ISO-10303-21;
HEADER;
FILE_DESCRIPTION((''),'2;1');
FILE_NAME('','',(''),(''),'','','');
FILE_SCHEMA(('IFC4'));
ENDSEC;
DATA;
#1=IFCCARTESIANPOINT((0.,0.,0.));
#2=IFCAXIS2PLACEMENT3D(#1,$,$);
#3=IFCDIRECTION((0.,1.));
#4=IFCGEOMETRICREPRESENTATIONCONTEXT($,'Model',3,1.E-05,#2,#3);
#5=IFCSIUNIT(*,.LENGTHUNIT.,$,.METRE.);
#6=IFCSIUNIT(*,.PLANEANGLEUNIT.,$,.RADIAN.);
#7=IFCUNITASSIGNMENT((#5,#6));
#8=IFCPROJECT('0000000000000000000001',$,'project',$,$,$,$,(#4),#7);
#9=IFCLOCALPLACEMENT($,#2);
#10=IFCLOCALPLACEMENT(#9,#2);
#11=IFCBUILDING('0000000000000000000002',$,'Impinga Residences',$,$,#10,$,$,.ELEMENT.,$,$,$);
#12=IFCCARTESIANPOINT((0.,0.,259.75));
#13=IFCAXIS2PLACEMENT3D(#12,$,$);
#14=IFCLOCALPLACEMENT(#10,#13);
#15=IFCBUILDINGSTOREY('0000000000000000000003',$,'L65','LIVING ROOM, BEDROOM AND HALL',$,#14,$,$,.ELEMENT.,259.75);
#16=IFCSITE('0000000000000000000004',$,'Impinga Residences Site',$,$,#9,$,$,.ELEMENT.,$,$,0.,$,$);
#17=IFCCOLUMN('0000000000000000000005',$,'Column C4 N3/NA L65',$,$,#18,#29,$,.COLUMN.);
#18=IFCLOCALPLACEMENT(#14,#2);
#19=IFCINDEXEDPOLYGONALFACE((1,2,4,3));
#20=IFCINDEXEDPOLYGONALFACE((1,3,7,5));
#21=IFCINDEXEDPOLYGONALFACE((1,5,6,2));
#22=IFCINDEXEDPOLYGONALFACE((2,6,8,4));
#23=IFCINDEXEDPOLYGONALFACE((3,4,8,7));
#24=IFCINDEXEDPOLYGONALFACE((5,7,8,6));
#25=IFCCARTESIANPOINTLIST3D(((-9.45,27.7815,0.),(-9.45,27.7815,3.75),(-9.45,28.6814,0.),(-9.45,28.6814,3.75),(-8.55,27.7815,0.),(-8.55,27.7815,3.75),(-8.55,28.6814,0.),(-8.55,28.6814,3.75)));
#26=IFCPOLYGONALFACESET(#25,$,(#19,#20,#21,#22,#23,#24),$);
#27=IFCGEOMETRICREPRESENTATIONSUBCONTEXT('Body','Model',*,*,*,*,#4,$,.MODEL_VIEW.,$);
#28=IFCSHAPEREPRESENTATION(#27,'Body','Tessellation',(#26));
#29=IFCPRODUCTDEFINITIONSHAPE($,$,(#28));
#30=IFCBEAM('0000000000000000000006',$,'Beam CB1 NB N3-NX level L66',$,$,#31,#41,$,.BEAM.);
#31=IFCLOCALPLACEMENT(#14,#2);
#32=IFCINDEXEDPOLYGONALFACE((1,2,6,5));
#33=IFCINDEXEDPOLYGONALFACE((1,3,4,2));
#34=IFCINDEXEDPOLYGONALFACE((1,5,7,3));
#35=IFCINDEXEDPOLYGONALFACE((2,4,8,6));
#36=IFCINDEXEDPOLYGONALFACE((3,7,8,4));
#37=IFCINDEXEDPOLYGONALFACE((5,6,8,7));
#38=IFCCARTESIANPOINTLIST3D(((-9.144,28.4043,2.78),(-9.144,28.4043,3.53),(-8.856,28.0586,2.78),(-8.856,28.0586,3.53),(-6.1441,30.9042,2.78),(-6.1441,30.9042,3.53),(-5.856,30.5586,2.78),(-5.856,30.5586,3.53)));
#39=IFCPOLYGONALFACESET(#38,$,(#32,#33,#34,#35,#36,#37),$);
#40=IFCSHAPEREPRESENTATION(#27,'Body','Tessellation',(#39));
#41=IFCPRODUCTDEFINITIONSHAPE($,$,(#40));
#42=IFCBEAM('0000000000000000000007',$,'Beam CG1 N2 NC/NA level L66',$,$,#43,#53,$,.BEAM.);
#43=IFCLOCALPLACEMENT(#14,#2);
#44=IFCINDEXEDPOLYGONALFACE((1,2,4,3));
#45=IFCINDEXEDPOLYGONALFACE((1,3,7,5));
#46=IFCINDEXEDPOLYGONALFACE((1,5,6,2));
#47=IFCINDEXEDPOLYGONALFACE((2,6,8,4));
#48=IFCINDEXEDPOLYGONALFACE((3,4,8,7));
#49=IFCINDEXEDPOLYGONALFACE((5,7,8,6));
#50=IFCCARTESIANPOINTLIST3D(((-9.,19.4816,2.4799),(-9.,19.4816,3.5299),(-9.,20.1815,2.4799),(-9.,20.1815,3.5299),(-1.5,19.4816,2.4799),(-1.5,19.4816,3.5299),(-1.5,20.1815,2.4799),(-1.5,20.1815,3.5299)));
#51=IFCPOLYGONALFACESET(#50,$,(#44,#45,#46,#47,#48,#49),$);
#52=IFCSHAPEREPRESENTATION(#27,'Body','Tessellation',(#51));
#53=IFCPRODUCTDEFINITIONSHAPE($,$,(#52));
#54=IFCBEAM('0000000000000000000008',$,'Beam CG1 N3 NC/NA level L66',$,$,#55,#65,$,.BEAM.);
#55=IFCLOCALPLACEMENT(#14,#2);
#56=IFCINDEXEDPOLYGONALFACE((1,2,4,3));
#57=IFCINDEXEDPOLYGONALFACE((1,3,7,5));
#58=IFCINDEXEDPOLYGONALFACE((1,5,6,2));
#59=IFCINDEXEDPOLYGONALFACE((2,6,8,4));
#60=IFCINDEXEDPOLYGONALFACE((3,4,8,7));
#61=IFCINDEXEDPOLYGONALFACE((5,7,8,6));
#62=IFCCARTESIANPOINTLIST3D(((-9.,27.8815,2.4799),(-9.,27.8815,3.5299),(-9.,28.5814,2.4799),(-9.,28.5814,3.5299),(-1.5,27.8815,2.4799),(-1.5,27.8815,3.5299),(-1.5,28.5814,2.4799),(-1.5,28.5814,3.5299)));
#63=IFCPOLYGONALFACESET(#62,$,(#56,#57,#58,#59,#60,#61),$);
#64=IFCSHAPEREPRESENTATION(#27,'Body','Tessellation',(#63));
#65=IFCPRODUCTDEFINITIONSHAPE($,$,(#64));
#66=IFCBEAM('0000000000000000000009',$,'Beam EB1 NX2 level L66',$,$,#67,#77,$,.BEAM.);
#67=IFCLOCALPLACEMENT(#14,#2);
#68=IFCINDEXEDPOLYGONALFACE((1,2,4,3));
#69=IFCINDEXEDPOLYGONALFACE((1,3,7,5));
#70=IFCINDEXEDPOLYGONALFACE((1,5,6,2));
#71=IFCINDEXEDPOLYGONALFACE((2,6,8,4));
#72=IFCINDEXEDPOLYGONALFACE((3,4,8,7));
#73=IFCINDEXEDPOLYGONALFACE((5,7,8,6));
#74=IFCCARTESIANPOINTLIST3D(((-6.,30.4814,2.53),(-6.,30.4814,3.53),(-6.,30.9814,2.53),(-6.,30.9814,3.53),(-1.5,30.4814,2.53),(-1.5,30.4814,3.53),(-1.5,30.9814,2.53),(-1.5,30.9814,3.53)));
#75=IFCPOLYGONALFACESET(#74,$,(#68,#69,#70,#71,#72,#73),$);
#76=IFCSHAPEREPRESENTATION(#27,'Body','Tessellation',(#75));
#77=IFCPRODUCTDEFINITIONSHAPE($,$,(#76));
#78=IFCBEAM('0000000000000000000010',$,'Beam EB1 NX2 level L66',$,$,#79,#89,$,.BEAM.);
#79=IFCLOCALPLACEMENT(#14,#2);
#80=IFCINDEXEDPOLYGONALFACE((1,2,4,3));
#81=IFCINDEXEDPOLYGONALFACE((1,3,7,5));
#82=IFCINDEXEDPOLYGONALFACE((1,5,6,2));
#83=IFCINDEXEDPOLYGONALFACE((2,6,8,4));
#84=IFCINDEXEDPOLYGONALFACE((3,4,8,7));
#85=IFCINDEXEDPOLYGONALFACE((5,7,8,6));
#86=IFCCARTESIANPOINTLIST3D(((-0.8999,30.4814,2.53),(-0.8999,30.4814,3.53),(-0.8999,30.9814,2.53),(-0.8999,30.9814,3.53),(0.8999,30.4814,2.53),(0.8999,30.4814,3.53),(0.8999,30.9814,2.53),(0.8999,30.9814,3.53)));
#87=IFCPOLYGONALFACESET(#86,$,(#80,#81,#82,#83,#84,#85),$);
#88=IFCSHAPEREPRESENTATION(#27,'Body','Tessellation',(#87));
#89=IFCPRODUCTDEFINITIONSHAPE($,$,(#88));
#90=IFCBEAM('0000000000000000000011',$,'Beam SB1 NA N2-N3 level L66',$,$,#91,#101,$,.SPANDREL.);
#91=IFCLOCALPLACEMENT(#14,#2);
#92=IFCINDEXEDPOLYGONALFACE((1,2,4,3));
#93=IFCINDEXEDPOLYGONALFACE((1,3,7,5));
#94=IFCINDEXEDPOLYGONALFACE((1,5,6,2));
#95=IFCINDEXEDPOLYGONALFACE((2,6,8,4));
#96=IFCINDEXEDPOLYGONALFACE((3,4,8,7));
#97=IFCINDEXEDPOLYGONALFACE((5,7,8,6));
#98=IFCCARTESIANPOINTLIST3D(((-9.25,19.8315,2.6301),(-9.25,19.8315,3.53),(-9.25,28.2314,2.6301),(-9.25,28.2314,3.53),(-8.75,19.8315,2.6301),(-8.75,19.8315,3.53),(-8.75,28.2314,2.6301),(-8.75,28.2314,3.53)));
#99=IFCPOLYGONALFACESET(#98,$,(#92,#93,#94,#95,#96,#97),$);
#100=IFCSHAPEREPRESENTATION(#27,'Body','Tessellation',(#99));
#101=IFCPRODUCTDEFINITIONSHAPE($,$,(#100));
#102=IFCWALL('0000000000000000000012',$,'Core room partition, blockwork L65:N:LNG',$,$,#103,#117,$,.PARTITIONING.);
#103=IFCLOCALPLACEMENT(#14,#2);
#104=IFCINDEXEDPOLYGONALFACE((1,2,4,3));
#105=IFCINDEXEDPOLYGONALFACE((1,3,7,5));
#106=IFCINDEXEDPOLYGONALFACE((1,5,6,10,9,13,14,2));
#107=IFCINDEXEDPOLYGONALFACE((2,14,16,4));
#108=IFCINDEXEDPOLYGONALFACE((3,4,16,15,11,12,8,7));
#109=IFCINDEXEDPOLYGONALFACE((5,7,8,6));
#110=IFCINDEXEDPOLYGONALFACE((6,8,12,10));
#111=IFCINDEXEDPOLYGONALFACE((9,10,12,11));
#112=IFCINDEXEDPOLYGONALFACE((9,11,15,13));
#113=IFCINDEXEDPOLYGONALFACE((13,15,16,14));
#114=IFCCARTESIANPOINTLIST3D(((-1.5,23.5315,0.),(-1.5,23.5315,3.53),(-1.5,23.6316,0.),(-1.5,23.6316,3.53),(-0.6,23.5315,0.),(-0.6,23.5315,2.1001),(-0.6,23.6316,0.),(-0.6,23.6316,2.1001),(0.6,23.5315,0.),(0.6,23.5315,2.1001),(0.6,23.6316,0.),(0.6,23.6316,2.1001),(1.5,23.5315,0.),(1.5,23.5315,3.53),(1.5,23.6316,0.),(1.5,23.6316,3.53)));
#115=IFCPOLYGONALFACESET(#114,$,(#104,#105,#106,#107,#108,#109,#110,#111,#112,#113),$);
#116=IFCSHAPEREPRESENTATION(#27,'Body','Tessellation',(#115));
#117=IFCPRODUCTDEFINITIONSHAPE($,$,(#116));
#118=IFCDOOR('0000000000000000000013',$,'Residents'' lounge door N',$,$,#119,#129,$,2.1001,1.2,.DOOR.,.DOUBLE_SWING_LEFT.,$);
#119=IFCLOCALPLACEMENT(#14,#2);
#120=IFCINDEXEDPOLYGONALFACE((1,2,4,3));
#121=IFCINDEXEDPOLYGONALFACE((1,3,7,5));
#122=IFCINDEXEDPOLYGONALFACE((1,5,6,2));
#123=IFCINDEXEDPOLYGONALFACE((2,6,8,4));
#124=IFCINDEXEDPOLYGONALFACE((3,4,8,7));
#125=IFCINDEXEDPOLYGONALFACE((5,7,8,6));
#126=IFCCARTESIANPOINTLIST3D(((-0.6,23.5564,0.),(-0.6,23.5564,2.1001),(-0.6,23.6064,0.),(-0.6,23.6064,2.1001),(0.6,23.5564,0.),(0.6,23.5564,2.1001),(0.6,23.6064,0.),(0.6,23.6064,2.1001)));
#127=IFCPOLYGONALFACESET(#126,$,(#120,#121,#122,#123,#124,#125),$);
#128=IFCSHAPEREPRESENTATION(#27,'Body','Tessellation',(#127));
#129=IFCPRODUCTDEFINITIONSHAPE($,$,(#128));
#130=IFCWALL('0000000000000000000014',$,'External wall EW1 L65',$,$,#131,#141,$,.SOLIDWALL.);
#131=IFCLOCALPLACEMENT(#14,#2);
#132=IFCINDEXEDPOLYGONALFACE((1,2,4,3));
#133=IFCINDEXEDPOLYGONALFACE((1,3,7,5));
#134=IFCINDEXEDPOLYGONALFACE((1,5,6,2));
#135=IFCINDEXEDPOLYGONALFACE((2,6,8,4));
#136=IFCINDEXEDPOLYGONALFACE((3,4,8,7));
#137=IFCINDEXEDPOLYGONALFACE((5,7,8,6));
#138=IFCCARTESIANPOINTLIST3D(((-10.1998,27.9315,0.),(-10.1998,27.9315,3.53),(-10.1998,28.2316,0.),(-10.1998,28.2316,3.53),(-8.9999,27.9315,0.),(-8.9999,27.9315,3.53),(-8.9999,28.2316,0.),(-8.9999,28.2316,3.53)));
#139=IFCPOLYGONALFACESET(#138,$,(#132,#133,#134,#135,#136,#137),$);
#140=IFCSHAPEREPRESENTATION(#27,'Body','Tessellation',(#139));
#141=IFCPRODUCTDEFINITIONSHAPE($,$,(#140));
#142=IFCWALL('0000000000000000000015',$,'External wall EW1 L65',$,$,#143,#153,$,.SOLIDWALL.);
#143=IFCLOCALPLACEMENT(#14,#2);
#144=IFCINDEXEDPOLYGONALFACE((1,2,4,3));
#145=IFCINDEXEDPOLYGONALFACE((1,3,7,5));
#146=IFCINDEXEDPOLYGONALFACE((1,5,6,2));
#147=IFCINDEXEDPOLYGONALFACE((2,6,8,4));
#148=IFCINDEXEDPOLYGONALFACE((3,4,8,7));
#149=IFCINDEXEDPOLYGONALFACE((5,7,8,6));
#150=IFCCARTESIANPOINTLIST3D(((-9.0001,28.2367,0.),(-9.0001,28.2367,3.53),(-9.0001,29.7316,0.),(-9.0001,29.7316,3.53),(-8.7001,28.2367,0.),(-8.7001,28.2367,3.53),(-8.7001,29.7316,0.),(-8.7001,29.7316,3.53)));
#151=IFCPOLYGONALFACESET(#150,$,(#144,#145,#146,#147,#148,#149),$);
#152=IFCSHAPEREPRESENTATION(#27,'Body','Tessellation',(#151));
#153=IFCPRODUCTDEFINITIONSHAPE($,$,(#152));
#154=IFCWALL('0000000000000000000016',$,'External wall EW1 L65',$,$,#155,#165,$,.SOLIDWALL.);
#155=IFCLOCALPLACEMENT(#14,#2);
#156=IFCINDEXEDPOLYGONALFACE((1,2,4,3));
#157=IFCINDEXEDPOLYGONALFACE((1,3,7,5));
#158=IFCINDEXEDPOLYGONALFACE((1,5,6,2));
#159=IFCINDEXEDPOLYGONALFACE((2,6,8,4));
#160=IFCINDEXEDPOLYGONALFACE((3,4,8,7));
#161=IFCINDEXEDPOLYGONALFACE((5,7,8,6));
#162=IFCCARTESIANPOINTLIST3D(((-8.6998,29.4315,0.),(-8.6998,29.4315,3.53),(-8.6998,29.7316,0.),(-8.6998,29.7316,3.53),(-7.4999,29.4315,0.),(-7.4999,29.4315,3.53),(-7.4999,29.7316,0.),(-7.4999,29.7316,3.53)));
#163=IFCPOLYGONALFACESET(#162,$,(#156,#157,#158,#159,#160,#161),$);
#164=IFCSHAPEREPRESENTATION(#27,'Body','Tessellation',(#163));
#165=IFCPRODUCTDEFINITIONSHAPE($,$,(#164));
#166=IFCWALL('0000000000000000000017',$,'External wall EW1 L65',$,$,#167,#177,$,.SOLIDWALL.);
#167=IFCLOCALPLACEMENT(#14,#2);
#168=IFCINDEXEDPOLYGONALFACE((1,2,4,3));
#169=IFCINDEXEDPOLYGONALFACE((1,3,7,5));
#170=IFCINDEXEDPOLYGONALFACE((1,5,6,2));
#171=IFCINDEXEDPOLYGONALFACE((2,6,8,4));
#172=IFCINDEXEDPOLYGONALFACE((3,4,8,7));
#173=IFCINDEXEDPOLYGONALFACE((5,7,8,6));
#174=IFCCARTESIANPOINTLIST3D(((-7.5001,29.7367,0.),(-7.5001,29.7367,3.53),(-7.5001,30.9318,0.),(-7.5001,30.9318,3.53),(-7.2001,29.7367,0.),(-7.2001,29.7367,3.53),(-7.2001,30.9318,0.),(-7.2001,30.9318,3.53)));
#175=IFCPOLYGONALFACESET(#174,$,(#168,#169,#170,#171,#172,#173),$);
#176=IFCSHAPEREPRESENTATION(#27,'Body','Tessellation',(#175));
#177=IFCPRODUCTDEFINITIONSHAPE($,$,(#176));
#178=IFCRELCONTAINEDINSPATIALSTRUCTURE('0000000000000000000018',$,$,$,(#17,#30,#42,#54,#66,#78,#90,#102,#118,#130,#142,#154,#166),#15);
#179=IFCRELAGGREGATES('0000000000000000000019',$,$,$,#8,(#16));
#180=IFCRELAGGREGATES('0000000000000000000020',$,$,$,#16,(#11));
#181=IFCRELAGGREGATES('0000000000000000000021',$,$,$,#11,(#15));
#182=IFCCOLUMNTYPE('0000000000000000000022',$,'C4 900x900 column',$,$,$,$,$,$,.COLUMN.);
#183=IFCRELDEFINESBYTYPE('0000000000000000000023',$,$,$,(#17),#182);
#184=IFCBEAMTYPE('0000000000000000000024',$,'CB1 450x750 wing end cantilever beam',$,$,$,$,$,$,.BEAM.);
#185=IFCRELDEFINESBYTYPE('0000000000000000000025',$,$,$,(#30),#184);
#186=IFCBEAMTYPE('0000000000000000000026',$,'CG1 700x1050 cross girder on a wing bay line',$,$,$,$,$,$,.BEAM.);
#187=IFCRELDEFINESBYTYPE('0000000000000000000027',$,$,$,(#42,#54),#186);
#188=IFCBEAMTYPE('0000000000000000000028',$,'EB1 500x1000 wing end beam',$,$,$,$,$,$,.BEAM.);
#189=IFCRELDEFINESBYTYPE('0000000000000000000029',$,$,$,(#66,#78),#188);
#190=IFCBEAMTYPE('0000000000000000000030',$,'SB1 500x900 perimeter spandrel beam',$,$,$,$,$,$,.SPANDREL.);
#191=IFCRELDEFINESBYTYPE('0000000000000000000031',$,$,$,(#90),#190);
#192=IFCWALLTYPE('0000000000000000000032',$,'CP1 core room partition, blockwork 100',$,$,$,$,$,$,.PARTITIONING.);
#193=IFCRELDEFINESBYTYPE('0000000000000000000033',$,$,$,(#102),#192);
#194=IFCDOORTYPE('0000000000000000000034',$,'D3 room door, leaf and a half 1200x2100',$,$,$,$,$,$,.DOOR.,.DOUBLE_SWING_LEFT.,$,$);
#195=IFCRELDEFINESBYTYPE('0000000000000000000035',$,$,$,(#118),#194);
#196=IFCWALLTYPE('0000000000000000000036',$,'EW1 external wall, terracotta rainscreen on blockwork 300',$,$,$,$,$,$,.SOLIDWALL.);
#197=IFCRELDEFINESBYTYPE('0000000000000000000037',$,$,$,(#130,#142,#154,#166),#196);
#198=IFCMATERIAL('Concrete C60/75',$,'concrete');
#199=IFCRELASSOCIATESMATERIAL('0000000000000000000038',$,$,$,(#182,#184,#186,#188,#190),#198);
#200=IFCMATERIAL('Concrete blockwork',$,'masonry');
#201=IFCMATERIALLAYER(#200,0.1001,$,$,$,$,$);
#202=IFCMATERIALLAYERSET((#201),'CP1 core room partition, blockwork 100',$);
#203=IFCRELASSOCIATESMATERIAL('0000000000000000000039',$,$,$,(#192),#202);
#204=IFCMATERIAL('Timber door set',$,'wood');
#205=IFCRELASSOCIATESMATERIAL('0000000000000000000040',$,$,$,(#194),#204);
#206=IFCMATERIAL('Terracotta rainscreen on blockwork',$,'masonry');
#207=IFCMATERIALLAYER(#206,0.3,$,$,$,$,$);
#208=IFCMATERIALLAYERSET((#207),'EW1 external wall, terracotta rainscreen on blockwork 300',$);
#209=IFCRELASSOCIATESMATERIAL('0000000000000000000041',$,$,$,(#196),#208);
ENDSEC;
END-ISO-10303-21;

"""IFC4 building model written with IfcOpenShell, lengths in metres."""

from ifc_helpers import new_model, si_unit, direction, frame, frame_2d, origin, origin_2d, place, context, subcontext, project, spatial, rectangle, extrude, material, layer, layer_set, material_profile, profile_set, type_object, element, fill, save


model = new_model("IFC4")

# Units and contexts
model_context = context("Model", 3, precision=1e-05, world=origin(), true_north=direction((0.0, 1.0)))
body_context = subcontext(model_context, "Body", "Model", "MODEL_VIEW")
ifc_project = project(units=[si_unit("LENGTHUNIT", "METRE"), si_unit("PLANEANGLEUNIT", "RADIAN")], contexts=[model_context])

# Site, building, storey
site_placement = place(None, origin())
site = spatial("IfcSite", under=ifc_project, at=site_placement, Name="Impinga Residences Site", CompositionType="ELEMENT", RefElevation=0.0)
building_placement = place(site_placement, origin())
building = spatial("IfcBuilding", under=site, at=building_placement, Name="Impinga Residences", CompositionType="ELEMENT")
storey_placement = place(building_placement, frame((0.0, 0.0, 259.75)))
storey = spatial("IfcBuildingStorey", under=building, at=storey_placement, Name="L65", Description="LIVING ROOM, BEDROOM AND HALL", CompositionType="ELEMENT", Elevation=259.75)

# Column
ifc_material_1 = material(Name="Concrete C60/75", Category="concrete")
ifc_material_profile_1 = material_profile(ifc_material_1, rectangle(XDim=0.8999, YDim=0.8999, at=origin_2d()), Name="RC 900x900")
ifc_profile_set_1 = profile_set([ifc_material_profile_1], Name="Concrete C60/75")
column_type = type_object("IfcColumnType", Name="C4 900x900 column", PredefinedType="COLUMN", material=ifc_profile_set_1)
column_placement = place(storey_placement, frame((-9.0, 28.2314, 0.0), z_axis=(0.0, 0.0, 1.0), x_axis=(1.0, 0.0, 0.0)))
element("IfcColumn", 1, at=column_placement, inside=storey, type_object=column_type, Name="Column C4 N3/NA L65", PredefinedType="COLUMN", context=body_context, shape_type="SweptSolid", body=[
    extrude(rectangle(XDim=0.8999, YDim=0.8999, at=origin_2d()), origin(), (0.0, 0.0, 1.0), 3.75),
])

# Beams
ifc_material_profile_2 = material_profile(ifc_material_1, rectangle(XDim=0.45, YDim=0.75, at=origin_2d()), Name="RC 450x750")
ifc_profile_set_2 = profile_set([ifc_material_profile_2], Name="Concrete C60/75")
beam_type_1 = type_object("IfcBeamType", Name="CB1 450x750 wing end cantilever beam", PredefinedType="BEAM", material=ifc_profile_set_2)
beam_1_placement = place(storey_placement, frame((-9.0, 28.2314, 3.155), z_axis=(0.768221, 0.640184, 0.0), x_axis=(-0.640184, 0.768221, 0.0)))
element("IfcBeam", 2, at=beam_1_placement, inside=storey, type_object=beam_type_1, Name="Beam CB1 NB N3-NX level L66", PredefinedType="BEAM", context=body_context, shape_type="SweptSolid", body=[
    extrude(rectangle(XDim=0.45, YDim=0.75, at=origin_2d()), origin(), (0.0, 0.0, 1.0), 3.905),
])
ifc_material_profile_3 = material_profile(ifc_material_1, rectangle(XDim=0.7, YDim=1.05, at=origin_2d()), Name="RC 700x1050")
ifc_profile_set_3 = profile_set([ifc_material_profile_3], Name="Concrete C60/75")
beam_type_2 = type_object("IfcBeamType", Name="CG1 700x1050 cross girder on a wing bay line", PredefinedType="BEAM", material=ifc_profile_set_3)
for number, where, z_axis, x_axis, name in (
    (3, (-1.5, 19.8315, 3.0049), (-1.0, 0.0, 0.0), (0.0, -1.0, 0.0), "Beam CG1 N2 NC/NA level L66"),
    (4, (-1.5, 28.2314, 3.0049), (-1.0, 0.0, 0.0), (0.0, -1.0, 0.0), "Beam CG1 N3 NC/NA level L66"),
):
    element("IfcBeam", number, at=place(storey_placement, frame(where, z_axis=z_axis, x_axis=x_axis)), inside=storey, type_object=beam_type_2, Name=name, PredefinedType="BEAM", context=body_context, shape_type="SweptSolid", body=[
        extrude(rectangle(XDim=0.7, YDim=1.05, at=origin_2d()), origin(), (0.0, 0.0, 1.0), 7.5),
    ])
ifc_material_profile_4 = material_profile(ifc_material_1, rectangle(XDim=0.5, YDim=1.0, at=origin_2d()), Name="RC 500x1000")
ifc_profile_set_4 = profile_set([ifc_material_profile_4], Name="Concrete C60/75")
beam_type_3 = type_object("IfcBeamType", Name="EB1 500x1000 wing end beam", PredefinedType="BEAM", material=ifc_profile_set_4)
beam_2_placement = place(storey_placement, frame((-6.0, 30.7314, 3.03), z_axis=(1.0, 0.0, 0.0), x_axis=(0.0, 1.0, 0.0)))
element("IfcBeam", 5, at=beam_2_placement, inside=storey, type_object=beam_type_3, Name="Beam EB1 NX2 level L66", PredefinedType="BEAM", context=body_context, shape_type="SweptSolid", body=[
    extrude(rectangle(XDim=0.5, YDim=1.0, at=origin_2d()), origin(), (0.0, 0.0, 1.0), 4.5),
])
beam_3_placement = place(storey_placement, frame((-0.8999, 30.7314, 3.03), z_axis=(1.0, 0.0, 0.0), x_axis=(0.0, 1.0, 0.0)))
element("IfcBeam", 6, at=beam_3_placement, inside=storey, type_object=beam_type_3, Name="Beam EB1 NX2 level L66", PredefinedType="BEAM", context=body_context, shape_type="SweptSolid", body=[
    extrude(rectangle(XDim=0.5, YDim=1.0, at=origin_2d()), origin(), (0.0, 0.0, 1.0), 1.7998),
])
ifc_material_profile_5 = material_profile(ifc_material_1, rectangle(XDim=0.5, YDim=0.8999, at=origin_2d()), Name="RC 500x900")
ifc_profile_set_5 = profile_set([ifc_material_profile_5], Name="Concrete C60/75")
beam_type_4 = type_object("IfcBeamType", Name="SB1 500x900 perimeter spandrel beam", PredefinedType="SPANDREL", material=ifc_profile_set_5)
beam_4_placement = place(storey_placement, frame((-9.0, 19.8315, 3.0801), z_axis=(0.0, 1.0, 0.0), x_axis=(-1.0, 0.0, 0.0)))
element("IfcBeam", 7, at=beam_4_placement, inside=storey, type_object=beam_type_4, Name="Beam SB1 NA N2-N3 level L66", PredefinedType="SPANDREL", context=body_context, shape_type="SweptSolid", body=[
    extrude(rectangle(XDim=0.5, YDim=0.8999, at=origin_2d()), origin(), (0.0, 0.0, 1.0), 8.3999),
])

# Wall, opening, door
ifc_material_2 = material(Name="Concrete blockwork", Category="masonry")
ifc_layer_1 = layer(ifc_material_2, 0.1001)
ifc_layer_set_1 = layer_set([ifc_layer_1], Name="CP1 core room partition, blockwork 100")
wall_type_1 = type_object("IfcWallType", Name="CP1 core room partition, blockwork 100", PredefinedType="PARTITIONING", material=ifc_layer_set_1)
wall_1_placement = place(storey_placement, frame((-1.5, 23.5815, 0.0), z_axis=(0.0, 0.0, 1.0), x_axis=(1.0, 0.0, 0.0)))
wall_1 = element("IfcWall", 8, at=wall_1_placement, inside=storey, type_object=wall_type_1, Name="Core room partition, blockwork L65:N:LNG", PredefinedType="PARTITIONING", context=body_context, shape_type="SweptSolid", body=[
    extrude(rectangle(XDim=3.0, YDim=0.1001, at=frame_2d((1.5, 0.0))), origin(), (0.0, 0.0, 1.0), 3.53),
])
opening_1_placement = place(wall_1_placement, frame((0.8999, 0.0, 0.0)))
opening_1 = element("IfcOpeningElement", 9, at=opening_1_placement, cuts=wall_1, PredefinedType="OPENING", context=body_context, shape_type="SweptSolid", body=[
    extrude(rectangle(XDim=1.2, YDim=2.1001, at=frame_2d((0.6001, 1.05))), frame((0.0, 0.0601, 0.0), z_axis=(0.0, -1.0, 0.0), x_axis=(1.0, 0.0, 0.0)), (0.0, 0.0, 1.0), 0.1201),
])
ifc_material_3 = material(Name="Timber door set", Category="wood")
door_type_1 = type_object("IfcDoorType", Name="D3 room door, leaf and a half 1200x2100", OperationType="DOUBLE_SWING_LEFT", PredefinedType="DOOR", material=ifc_material_3)
door_1_placement = place(opening_1_placement, origin())
door_1 = element("IfcDoor", 10, at=door_1_placement, inside=storey, type_object=door_type_1, Name="Residents' lounge door N", OperationType="DOUBLE_SWING_LEFT", OverallHeight=2.1001, OverallWidth=1.2, PredefinedType="DOOR", context=body_context, shape_type="SweptSolid", body=[
    extrude(rectangle(XDim=1.2, YDim=2.1001, at=frame_2d((0.6001, 1.05))), frame((0.0, 0.0249, 0.0), z_axis=(0.0, -1.0, 0.0), x_axis=(1.0, 0.0, 0.0)), (0.0, 0.0, 1.0), 0.05),
])
fill(opening_1, door_1)

# Walls
ifc_material_4 = material(Name="Terracotta rainscreen on blockwork", Category="masonry")
ifc_layer_2 = layer(ifc_material_4, 0.3)
ifc_layer_set_2 = layer_set([ifc_layer_2], Name="EW1 external wall, terracotta rainscreen on blockwork 300")
wall_type_2 = type_object("IfcWallType", Name="EW1 external wall, terracotta rainscreen on blockwork 300", PredefinedType="SOLIDWALL", material=ifc_layer_set_2)
wall_2_placement = place(storey_placement, frame((-10.2, 28.0815, 0.0), z_axis=(0.0, 0.0, 1.0), x_axis=(1.0, 0.0, 0.0)))
element("IfcWall", 11, at=wall_2_placement, inside=storey, type_object=wall_type_2, Name="External wall EW1 L65", PredefinedType="SOLIDWALL", context=body_context, shape_type="SweptSolid", body=[
    extrude(rectangle(XDim=1.2, YDim=0.3, at=frame_2d((0.6001, 0.0))), origin(), (0.0, 0.0, 1.0), 3.53),
])
wall_3_placement = place(storey_placement, frame((-8.8501, 28.2366, 0.0), z_axis=(0.0, 0.0, 1.0), x_axis=(0.0, 1.0, 0.0)))
element("IfcWall", 12, at=wall_3_placement, inside=storey, type_object=wall_type_2, Name="External wall EW1 L65", PredefinedType="SOLIDWALL", context=body_context, shape_type="SweptSolid", body=[
    extrude(rectangle(XDim=1.4949, YDim=0.3, at=frame_2d((0.7476, 0.0))), origin(), (0.0, 0.0, 1.0), 3.53),
])
wall_4_placement = place(storey_placement, frame((-8.7, 29.5815, 0.0), z_axis=(0.0, 0.0, 1.0), x_axis=(1.0, 0.0, 0.0)))
element("IfcWall", 13, at=wall_4_placement, inside=storey, type_object=wall_type_2, Name="External wall EW1 L65", PredefinedType="SOLIDWALL", context=body_context, shape_type="SweptSolid", body=[
    extrude(rectangle(XDim=1.2, YDim=0.3, at=frame_2d((0.6001, 0.0))), origin(), (0.0, 0.0, 1.0), 3.53),
])
wall_5_placement = place(storey_placement, frame((-7.3501, 29.7366, 0.0), z_axis=(0.0, 0.0, 1.0), x_axis=(0.0, 1.0, 0.0)))
element("IfcWall", 14, at=wall_5_placement, inside=storey, type_object=wall_type_2, Name="External wall EW1 L65", PredefinedType="SOLIDWALL", context=body_context, shape_type="SweptSolid", body=[
    extrude(rectangle(XDim=1.1951, YDim=0.3, at=frame_2d((0.5977, 0.0))), origin(), (0.0, 0.0, 1.0), 3.53),
])

save(model, "model.ifc")
